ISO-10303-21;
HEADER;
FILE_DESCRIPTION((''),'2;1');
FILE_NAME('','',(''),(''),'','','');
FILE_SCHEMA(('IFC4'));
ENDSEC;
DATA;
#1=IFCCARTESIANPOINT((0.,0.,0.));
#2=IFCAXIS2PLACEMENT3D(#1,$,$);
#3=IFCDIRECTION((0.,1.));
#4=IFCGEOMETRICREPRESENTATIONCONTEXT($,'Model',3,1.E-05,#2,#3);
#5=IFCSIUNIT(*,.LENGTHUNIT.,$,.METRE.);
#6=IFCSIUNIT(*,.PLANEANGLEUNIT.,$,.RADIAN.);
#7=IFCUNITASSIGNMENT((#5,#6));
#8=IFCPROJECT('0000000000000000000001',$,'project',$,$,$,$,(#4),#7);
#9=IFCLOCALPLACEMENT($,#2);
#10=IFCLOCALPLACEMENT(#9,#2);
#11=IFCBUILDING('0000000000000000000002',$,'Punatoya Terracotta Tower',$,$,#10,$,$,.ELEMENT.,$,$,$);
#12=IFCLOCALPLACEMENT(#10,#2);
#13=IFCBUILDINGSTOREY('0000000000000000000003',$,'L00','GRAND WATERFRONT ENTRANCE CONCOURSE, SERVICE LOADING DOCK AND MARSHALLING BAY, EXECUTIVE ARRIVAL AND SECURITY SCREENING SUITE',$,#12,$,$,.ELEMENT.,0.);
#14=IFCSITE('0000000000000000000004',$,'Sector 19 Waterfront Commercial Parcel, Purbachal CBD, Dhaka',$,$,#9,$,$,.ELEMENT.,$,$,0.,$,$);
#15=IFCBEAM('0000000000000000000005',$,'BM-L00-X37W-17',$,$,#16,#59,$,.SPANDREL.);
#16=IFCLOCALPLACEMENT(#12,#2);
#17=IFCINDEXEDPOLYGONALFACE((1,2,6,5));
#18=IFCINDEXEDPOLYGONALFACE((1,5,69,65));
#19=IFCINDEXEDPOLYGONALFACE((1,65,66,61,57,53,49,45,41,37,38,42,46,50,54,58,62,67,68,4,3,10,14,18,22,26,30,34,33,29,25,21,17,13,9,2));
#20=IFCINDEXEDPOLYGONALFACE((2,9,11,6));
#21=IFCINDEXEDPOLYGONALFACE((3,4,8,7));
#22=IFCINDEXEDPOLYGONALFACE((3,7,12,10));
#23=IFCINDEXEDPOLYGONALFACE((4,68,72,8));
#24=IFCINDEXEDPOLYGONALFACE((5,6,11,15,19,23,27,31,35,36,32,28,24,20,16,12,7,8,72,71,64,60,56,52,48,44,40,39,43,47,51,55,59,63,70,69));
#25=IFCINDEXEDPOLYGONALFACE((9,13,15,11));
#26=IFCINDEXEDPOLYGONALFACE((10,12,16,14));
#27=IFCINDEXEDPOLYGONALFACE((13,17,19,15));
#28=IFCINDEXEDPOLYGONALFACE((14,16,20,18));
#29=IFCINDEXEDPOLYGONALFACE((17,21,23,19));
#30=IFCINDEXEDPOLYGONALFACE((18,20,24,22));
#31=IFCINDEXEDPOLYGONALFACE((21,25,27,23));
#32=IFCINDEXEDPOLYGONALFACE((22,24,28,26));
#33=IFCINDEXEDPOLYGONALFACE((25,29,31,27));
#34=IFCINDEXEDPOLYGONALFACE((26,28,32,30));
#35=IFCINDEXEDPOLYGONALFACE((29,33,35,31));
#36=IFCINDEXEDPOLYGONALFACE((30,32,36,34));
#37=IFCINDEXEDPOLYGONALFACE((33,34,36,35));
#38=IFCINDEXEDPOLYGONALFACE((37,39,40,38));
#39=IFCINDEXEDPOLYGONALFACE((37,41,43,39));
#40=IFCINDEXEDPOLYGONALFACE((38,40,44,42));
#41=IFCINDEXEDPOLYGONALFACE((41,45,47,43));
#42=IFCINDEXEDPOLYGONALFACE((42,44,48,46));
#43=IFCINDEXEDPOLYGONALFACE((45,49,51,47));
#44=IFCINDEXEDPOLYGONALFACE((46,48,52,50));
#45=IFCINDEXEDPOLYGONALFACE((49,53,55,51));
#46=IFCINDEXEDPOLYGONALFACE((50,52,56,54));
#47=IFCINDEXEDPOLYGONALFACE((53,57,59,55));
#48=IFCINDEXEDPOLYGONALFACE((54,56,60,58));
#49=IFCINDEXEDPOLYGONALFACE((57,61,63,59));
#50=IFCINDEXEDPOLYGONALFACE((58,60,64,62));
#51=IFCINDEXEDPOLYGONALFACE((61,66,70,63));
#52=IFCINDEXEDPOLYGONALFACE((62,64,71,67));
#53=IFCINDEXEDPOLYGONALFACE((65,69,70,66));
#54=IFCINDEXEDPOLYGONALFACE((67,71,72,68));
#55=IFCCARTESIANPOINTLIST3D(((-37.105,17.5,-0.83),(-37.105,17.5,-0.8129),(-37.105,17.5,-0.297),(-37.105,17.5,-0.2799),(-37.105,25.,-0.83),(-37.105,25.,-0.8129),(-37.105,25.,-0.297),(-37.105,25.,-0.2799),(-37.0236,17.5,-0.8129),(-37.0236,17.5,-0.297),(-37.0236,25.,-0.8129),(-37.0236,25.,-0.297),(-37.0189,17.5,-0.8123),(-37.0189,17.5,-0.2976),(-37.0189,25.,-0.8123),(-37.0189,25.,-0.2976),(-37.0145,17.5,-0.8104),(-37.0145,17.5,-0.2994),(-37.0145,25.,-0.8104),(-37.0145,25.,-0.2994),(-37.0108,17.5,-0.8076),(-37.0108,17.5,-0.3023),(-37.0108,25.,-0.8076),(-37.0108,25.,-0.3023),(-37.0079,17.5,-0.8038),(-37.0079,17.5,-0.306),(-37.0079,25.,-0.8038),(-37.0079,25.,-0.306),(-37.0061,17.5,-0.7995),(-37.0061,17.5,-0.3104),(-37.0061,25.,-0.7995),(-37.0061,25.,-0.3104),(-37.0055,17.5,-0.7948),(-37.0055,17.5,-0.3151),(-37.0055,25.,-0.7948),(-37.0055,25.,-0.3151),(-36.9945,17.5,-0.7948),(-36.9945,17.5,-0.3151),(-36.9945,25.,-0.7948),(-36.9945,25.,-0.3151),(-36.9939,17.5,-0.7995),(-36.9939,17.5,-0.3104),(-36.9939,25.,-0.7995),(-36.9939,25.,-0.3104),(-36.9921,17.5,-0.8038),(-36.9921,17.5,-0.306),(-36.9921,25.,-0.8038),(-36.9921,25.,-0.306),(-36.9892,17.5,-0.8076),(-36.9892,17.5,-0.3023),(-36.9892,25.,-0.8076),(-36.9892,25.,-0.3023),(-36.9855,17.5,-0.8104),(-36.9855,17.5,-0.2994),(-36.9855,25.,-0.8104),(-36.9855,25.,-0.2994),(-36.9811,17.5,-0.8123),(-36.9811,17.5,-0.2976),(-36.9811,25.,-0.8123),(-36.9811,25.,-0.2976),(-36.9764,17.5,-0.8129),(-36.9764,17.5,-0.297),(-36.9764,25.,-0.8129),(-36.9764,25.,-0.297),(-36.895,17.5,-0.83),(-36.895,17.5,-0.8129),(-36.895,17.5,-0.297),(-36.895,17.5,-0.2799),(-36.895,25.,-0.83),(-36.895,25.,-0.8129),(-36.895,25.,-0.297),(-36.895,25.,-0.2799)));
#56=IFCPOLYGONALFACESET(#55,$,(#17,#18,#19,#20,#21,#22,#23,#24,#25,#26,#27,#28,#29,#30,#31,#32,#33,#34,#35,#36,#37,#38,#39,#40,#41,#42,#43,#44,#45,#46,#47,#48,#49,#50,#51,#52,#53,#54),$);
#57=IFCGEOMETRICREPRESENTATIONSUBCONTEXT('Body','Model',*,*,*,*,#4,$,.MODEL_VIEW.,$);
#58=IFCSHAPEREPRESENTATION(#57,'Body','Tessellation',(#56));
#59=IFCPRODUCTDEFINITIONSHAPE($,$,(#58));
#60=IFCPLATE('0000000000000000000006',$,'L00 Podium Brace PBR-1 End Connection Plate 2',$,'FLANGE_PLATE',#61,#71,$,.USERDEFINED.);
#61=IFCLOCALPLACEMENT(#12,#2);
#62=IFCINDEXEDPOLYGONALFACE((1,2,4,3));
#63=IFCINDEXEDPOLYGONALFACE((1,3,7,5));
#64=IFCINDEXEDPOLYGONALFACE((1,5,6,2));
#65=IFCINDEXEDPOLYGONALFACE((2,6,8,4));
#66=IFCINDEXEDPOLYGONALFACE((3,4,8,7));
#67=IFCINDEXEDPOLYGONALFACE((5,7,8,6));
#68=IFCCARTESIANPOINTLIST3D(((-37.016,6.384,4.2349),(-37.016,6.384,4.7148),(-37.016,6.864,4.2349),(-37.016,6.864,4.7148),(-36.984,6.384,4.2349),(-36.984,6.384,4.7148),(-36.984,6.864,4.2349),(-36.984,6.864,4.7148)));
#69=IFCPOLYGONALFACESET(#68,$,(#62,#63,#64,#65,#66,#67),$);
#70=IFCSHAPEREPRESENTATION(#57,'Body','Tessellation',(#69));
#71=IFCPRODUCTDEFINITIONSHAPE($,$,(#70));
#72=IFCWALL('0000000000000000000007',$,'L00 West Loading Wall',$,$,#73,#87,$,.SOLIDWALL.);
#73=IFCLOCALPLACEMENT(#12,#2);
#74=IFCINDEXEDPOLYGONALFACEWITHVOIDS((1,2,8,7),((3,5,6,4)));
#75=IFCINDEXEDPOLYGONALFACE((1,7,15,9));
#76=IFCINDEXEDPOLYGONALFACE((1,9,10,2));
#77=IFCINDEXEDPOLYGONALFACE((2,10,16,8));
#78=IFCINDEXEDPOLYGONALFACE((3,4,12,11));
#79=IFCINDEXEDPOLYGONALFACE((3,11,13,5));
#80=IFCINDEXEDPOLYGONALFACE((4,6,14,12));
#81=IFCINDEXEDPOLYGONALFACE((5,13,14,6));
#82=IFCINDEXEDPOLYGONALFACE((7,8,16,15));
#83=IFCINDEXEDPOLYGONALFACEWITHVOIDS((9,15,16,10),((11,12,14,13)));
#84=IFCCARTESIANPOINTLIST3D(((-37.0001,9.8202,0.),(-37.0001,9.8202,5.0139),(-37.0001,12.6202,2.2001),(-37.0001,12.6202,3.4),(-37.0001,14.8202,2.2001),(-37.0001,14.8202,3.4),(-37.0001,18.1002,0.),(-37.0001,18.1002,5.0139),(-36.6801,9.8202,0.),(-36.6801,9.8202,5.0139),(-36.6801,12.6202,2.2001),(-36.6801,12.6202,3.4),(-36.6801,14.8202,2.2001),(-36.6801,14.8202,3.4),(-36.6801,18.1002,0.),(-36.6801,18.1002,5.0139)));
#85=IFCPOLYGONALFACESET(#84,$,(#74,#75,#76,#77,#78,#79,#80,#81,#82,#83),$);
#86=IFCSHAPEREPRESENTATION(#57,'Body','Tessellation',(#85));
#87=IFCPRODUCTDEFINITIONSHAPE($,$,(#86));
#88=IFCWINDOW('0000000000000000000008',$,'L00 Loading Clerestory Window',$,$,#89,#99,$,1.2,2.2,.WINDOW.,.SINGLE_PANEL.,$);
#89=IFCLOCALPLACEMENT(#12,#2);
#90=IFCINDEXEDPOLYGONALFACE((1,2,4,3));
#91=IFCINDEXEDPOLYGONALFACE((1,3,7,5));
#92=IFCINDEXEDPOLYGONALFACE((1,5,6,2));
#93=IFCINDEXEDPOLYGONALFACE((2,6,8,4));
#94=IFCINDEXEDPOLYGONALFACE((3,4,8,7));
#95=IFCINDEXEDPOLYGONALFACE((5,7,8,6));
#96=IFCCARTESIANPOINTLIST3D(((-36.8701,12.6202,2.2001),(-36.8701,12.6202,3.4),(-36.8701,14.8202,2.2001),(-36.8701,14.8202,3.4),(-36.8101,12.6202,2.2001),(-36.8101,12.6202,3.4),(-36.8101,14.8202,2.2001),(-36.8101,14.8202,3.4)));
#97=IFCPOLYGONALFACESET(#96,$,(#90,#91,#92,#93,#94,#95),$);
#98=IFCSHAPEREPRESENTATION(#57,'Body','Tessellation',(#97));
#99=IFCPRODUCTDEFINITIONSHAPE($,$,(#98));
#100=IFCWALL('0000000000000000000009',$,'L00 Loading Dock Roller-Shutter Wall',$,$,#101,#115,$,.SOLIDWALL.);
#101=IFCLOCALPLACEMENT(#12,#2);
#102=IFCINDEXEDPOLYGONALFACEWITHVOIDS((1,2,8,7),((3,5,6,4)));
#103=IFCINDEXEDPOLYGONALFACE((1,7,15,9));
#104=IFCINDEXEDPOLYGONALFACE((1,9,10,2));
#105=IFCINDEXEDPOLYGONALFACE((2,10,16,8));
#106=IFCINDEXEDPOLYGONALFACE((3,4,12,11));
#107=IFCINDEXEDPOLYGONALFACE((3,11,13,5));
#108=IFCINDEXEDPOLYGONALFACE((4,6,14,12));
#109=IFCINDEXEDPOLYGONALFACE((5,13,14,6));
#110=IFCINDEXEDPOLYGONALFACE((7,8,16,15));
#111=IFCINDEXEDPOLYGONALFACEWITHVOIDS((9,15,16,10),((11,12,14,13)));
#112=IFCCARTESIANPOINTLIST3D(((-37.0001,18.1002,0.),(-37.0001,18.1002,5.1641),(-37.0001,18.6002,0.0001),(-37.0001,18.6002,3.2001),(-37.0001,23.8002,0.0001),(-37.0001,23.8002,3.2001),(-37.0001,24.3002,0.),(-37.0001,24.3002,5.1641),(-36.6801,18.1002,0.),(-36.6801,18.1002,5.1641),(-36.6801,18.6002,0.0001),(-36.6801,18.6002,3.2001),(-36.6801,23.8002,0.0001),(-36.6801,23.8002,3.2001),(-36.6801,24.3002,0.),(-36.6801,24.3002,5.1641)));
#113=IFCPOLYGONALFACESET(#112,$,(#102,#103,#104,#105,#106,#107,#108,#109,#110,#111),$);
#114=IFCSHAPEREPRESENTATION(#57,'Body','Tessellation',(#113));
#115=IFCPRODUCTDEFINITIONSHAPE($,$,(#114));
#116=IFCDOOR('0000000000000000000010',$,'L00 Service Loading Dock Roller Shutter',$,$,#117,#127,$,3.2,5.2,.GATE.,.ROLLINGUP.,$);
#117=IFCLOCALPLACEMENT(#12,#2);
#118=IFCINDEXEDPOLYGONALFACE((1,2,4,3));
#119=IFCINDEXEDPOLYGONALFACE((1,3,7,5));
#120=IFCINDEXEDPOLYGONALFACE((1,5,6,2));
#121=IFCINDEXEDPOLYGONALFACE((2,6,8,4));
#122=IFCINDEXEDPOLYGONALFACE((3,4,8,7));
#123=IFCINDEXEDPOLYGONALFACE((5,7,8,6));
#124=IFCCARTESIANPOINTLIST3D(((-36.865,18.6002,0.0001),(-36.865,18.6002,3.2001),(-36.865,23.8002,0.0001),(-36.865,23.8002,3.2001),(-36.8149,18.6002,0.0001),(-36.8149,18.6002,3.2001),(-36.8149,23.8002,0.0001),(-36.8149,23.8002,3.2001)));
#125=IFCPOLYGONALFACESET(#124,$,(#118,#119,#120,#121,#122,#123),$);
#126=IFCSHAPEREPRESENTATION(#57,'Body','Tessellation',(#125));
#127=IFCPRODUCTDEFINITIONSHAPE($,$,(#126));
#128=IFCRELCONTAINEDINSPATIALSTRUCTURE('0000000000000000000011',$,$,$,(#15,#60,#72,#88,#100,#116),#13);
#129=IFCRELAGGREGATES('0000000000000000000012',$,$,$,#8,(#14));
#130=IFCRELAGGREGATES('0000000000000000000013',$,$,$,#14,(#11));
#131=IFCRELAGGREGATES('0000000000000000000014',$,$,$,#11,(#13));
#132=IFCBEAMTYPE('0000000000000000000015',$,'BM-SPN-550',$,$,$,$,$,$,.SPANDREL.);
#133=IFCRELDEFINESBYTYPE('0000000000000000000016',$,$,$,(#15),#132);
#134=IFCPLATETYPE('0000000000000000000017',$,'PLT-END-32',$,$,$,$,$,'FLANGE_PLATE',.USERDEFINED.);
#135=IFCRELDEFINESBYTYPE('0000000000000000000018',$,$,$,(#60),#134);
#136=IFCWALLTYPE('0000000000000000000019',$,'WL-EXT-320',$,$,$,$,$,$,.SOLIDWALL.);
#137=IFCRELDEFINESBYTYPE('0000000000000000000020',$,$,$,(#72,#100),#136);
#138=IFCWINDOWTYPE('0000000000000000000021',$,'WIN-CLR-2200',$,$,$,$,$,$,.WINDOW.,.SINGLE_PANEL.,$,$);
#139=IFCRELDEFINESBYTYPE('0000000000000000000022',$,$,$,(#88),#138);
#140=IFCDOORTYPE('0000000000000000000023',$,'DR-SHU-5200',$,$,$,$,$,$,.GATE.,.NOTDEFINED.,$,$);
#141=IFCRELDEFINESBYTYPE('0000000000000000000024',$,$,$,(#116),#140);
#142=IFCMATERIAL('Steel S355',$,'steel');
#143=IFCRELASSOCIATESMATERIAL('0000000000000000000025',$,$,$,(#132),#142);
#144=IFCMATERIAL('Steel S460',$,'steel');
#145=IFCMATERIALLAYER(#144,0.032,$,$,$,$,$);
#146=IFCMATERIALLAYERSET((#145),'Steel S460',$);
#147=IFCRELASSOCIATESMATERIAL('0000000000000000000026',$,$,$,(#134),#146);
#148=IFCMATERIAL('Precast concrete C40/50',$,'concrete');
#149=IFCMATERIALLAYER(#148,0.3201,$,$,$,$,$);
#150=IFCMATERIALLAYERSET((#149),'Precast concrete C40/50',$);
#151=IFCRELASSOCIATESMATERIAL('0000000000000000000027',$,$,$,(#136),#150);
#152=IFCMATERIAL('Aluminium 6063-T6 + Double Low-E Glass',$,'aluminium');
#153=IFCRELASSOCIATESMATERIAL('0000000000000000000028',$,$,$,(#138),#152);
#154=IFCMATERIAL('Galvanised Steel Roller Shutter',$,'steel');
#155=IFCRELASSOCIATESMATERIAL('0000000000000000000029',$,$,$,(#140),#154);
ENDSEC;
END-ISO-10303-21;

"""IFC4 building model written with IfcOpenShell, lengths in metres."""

from ifc_helpers import new_model, si_unit, direction, frame, frame_2d, origin, origin_2d, place, context, subcontext, project, spatial, rectangle, i_section, extrude, material, layer, layer_set, material_profile, profile_set, type_object, element, fill, save


model = new_model("IFC4")

# Units and contexts
model_context = context("Model", 3, precision=1e-05, world=origin(), true_north=direction((0.0, 1.0)))
body_context = subcontext(model_context, "Body", "Model", "MODEL_VIEW")
ifc_project = project(units=[si_unit("LENGTHUNIT", "METRE"), si_unit("PLANEANGLEUNIT", "RADIAN")], contexts=[model_context])

# Site, building, storey
site_placement = place(None, origin())
site = spatial("IfcSite", under=ifc_project, at=site_placement, Name="Sector 19 Waterfront Commercial Parcel, Purbachal CBD, Dhaka", CompositionType="ELEMENT", RefElevation=0.0)
building_placement = place(site_placement, origin())
building = spatial("IfcBuilding", under=site, at=building_placement, Name="Punatoya Terracotta Tower", CompositionType="ELEMENT")
storey_placement = place(building_placement, origin())
storey = spatial("IfcBuildingStorey", under=building, at=storey_placement, Name="L00", Description="GRAND WATERFRONT ENTRANCE CONCOURSE, SERVICE LOADING DOCK AND MARSHALLING BAY, EXECUTIVE ARRIVAL AND SECURITY SCREENING SUITE", CompositionType="ELEMENT", Elevation=0.0)

# Beam
ifc_material_1 = material(Name="Steel S355", Category="steel")
ifc_material_profile_1 = material_profile(ifc_material_1, i_section(OverallWidth=0.21, OverallDepth=0.55, WebThickness=0.011, FlangeThickness=0.0171, FilletRadius=0.0181, at=origin_2d()))
ifc_profile_set_1 = profile_set([ifc_material_profile_1], Name="Steel S355")
beam_type_1 = type_object("IfcBeamType", Name="BM-SPN-550", PredefinedType="SPANDREL", material=ifc_profile_set_1)
beam_1_placement = place(storey_placement, frame((-37.0, 17.5, -0.5549), z_axis=(0.0, 1.0, 0.0), x_axis=(-1.0, 0.0, 0.0)))
element("IfcBeam", 1, at=beam_1_placement, inside=storey, type_object=beam_type_1, Name="BM-L00-X37W-17", PredefinedType="SPANDREL", context=body_context, shape_type="SweptSolid", body=[
    extrude(i_section(OverallWidth=0.21, OverallDepth=0.55, WebThickness=0.011, FlangeThickness=0.0171, FilletRadius=0.0181, at=origin_2d()), origin(), (0.0, 0.0, 1.0), 7.5),
])

# Plate
ifc_material_2 = material(Name="Steel S460", Category="steel")
ifc_layer_1 = layer(ifc_material_2, 0.032)
ifc_layer_set_1 = layer_set([ifc_layer_1], Name="Steel S460")
plate_type = type_object("IfcPlateType", Name="PLT-END-32", ElementType="FLANGE_PLATE", PredefinedType="USERDEFINED", material=ifc_layer_set_1)
plate_placement = place(storey_placement, frame((-37.0, 6.624, 4.2349), z_axis=(0.0, 0.0, 1.0), x_axis=(1.0, 0.0, 0.0)))
element("IfcPlate", 2, at=plate_placement, inside=storey, type_object=plate_type, Name="L00 Podium Brace PBR-1 End Connection Plate 2", ObjectType="FLANGE_PLATE", PredefinedType="USERDEFINED", context=body_context, shape_type="SweptSolid", body=[
    extrude(rectangle(XDim=0.032, YDim=0.48, at=origin_2d()), origin(), (0.0, 0.0, 1.0), 0.48),
])

# Wall, opening, window
ifc_material_3 = material(Name="Precast concrete C40/50", Category="concrete")
ifc_layer_2 = layer(ifc_material_3, 0.3201)
ifc_layer_set_2 = layer_set([ifc_layer_2], Name="Precast concrete C40/50")
wall_type = type_object("IfcWallType", Name="WL-EXT-320", PredefinedType="SOLIDWALL", material=ifc_layer_set_2)
wall_1_placement = place(storey_placement, frame((-36.8401, 9.8201, 0.0), z_axis=(0.0, 0.0, 1.0), x_axis=(0.0, 1.0, 0.0)))
wall_1 = element("IfcWall", 3, at=wall_1_placement, inside=storey, type_object=wall_type, Name="L00 West Loading Wall", PredefinedType="SOLIDWALL", context=body_context, shape_type="SweptSolid", body=[
    extrude(rectangle(XDim=8.28, YDim=0.3201, at=frame_2d((4.1401, 0.0))), origin(), (0.0, 0.0, 1.0), 5.0139),
])
opening_1_placement = place(wall_1_placement, frame((2.8, 0.0, 2.2)))
opening_1 = element("IfcOpeningElement", 4, at=opening_1_placement, cuts=wall_1, PredefinedType="OPENING", context=body_context, shape_type="SweptSolid", body=[
    extrude(rectangle(XDim=2.2, YDim=1.2, at=frame_2d((1.1001, 0.6001))), frame((0.0, 0.1699, 0.0), z_axis=(0.0, -1.0, 0.0), x_axis=(1.0, 0.0, 0.0)), (0.0, 0.0, 1.0), 0.3401),
])
ifc_material_4 = material(Name="Aluminium 6063-T6 + Double Low-E Glass", Category="aluminium")
window_type = type_object("IfcWindowType", Name="WIN-CLR-2200", PartitioningType="SINGLE_PANEL", PredefinedType="WINDOW", material=ifc_material_4)
window_placement = place(opening_1_placement, origin())
window = element("IfcWindow", 5, at=window_placement, inside=storey, type_object=window_type, Name="L00 Loading Clerestory Window", OverallHeight=1.2, OverallWidth=2.2, PartitioningType="SINGLE_PANEL", PredefinedType="WINDOW", context=body_context, shape_type="SweptSolid", body=[
    extrude(rectangle(XDim=2.2, YDim=1.2, at=frame_2d((1.1001, 0.6001))), frame((0.0, 0.03, 0.0), z_axis=(0.0, -1.0, 0.0), x_axis=(1.0, 0.0, 0.0)), (0.0, 0.0, 1.0), 0.0601),
])
fill(opening_1, window)

# Wall, opening, door
wall_2_placement = place(storey_placement, frame((-36.8401, 18.1001, 0.0), z_axis=(0.0, 0.0, 1.0), x_axis=(0.0, 1.0, 0.0)))
wall_2 = element("IfcWall", 6, at=wall_2_placement, inside=storey, type_object=wall_type, Name="L00 Loading Dock Roller-Shutter Wall", PredefinedType="SOLIDWALL", context=body_context, shape_type="SweptSolid", body=[
    extrude(rectangle(XDim=6.2, YDim=0.3201, at=frame_2d((3.1001, 0.0))), origin(), (0.0, 0.0, 1.0), 5.1641),
])
opening_2_placement = place(wall_2_placement, frame((0.5, 0.0, 0.0)))
opening_2 = element("IfcOpeningElement", 7, at=opening_2_placement, cuts=wall_2, PredefinedType="OPENING", context=body_context, shape_type="SweptSolid", body=[
    extrude(rectangle(XDim=5.2, YDim=3.2, at=frame_2d((2.6001, 1.6001))), frame((0.0, 0.1699, 0.0), z_axis=(0.0, -1.0, 0.0), x_axis=(1.0, 0.0, 0.0)), (0.0, 0.0, 1.0), 0.3401),
])
ifc_material_5 = material(Name="Galvanised Steel Roller Shutter", Category="steel")
door_type = type_object("IfcDoorType", Name="DR-SHU-5200", OperationType="NOTDEFINED", PredefinedType="GATE", material=ifc_material_5)
door_placement = place(opening_2_placement, origin())
door = element("IfcDoor", 8, at=door_placement, inside=storey, type_object=door_type, Name="L00 Service Loading Dock Roller Shutter", OperationType="ROLLINGUP", OverallHeight=3.2, OverallWidth=5.2, PredefinedType="GATE", context=body_context, shape_type="SweptSolid", body=[
    extrude(rectangle(XDim=5.2, YDim=3.2, at=frame_2d((2.6001, 1.6001))), frame((0.0, 0.0249, 0.0), z_axis=(0.0, -1.0, 0.0), x_axis=(1.0, 0.0, 0.0)), (0.0, 0.0, 1.0), 0.05),
])
fill(opening_2, door)

save(model, "model.ifc")
